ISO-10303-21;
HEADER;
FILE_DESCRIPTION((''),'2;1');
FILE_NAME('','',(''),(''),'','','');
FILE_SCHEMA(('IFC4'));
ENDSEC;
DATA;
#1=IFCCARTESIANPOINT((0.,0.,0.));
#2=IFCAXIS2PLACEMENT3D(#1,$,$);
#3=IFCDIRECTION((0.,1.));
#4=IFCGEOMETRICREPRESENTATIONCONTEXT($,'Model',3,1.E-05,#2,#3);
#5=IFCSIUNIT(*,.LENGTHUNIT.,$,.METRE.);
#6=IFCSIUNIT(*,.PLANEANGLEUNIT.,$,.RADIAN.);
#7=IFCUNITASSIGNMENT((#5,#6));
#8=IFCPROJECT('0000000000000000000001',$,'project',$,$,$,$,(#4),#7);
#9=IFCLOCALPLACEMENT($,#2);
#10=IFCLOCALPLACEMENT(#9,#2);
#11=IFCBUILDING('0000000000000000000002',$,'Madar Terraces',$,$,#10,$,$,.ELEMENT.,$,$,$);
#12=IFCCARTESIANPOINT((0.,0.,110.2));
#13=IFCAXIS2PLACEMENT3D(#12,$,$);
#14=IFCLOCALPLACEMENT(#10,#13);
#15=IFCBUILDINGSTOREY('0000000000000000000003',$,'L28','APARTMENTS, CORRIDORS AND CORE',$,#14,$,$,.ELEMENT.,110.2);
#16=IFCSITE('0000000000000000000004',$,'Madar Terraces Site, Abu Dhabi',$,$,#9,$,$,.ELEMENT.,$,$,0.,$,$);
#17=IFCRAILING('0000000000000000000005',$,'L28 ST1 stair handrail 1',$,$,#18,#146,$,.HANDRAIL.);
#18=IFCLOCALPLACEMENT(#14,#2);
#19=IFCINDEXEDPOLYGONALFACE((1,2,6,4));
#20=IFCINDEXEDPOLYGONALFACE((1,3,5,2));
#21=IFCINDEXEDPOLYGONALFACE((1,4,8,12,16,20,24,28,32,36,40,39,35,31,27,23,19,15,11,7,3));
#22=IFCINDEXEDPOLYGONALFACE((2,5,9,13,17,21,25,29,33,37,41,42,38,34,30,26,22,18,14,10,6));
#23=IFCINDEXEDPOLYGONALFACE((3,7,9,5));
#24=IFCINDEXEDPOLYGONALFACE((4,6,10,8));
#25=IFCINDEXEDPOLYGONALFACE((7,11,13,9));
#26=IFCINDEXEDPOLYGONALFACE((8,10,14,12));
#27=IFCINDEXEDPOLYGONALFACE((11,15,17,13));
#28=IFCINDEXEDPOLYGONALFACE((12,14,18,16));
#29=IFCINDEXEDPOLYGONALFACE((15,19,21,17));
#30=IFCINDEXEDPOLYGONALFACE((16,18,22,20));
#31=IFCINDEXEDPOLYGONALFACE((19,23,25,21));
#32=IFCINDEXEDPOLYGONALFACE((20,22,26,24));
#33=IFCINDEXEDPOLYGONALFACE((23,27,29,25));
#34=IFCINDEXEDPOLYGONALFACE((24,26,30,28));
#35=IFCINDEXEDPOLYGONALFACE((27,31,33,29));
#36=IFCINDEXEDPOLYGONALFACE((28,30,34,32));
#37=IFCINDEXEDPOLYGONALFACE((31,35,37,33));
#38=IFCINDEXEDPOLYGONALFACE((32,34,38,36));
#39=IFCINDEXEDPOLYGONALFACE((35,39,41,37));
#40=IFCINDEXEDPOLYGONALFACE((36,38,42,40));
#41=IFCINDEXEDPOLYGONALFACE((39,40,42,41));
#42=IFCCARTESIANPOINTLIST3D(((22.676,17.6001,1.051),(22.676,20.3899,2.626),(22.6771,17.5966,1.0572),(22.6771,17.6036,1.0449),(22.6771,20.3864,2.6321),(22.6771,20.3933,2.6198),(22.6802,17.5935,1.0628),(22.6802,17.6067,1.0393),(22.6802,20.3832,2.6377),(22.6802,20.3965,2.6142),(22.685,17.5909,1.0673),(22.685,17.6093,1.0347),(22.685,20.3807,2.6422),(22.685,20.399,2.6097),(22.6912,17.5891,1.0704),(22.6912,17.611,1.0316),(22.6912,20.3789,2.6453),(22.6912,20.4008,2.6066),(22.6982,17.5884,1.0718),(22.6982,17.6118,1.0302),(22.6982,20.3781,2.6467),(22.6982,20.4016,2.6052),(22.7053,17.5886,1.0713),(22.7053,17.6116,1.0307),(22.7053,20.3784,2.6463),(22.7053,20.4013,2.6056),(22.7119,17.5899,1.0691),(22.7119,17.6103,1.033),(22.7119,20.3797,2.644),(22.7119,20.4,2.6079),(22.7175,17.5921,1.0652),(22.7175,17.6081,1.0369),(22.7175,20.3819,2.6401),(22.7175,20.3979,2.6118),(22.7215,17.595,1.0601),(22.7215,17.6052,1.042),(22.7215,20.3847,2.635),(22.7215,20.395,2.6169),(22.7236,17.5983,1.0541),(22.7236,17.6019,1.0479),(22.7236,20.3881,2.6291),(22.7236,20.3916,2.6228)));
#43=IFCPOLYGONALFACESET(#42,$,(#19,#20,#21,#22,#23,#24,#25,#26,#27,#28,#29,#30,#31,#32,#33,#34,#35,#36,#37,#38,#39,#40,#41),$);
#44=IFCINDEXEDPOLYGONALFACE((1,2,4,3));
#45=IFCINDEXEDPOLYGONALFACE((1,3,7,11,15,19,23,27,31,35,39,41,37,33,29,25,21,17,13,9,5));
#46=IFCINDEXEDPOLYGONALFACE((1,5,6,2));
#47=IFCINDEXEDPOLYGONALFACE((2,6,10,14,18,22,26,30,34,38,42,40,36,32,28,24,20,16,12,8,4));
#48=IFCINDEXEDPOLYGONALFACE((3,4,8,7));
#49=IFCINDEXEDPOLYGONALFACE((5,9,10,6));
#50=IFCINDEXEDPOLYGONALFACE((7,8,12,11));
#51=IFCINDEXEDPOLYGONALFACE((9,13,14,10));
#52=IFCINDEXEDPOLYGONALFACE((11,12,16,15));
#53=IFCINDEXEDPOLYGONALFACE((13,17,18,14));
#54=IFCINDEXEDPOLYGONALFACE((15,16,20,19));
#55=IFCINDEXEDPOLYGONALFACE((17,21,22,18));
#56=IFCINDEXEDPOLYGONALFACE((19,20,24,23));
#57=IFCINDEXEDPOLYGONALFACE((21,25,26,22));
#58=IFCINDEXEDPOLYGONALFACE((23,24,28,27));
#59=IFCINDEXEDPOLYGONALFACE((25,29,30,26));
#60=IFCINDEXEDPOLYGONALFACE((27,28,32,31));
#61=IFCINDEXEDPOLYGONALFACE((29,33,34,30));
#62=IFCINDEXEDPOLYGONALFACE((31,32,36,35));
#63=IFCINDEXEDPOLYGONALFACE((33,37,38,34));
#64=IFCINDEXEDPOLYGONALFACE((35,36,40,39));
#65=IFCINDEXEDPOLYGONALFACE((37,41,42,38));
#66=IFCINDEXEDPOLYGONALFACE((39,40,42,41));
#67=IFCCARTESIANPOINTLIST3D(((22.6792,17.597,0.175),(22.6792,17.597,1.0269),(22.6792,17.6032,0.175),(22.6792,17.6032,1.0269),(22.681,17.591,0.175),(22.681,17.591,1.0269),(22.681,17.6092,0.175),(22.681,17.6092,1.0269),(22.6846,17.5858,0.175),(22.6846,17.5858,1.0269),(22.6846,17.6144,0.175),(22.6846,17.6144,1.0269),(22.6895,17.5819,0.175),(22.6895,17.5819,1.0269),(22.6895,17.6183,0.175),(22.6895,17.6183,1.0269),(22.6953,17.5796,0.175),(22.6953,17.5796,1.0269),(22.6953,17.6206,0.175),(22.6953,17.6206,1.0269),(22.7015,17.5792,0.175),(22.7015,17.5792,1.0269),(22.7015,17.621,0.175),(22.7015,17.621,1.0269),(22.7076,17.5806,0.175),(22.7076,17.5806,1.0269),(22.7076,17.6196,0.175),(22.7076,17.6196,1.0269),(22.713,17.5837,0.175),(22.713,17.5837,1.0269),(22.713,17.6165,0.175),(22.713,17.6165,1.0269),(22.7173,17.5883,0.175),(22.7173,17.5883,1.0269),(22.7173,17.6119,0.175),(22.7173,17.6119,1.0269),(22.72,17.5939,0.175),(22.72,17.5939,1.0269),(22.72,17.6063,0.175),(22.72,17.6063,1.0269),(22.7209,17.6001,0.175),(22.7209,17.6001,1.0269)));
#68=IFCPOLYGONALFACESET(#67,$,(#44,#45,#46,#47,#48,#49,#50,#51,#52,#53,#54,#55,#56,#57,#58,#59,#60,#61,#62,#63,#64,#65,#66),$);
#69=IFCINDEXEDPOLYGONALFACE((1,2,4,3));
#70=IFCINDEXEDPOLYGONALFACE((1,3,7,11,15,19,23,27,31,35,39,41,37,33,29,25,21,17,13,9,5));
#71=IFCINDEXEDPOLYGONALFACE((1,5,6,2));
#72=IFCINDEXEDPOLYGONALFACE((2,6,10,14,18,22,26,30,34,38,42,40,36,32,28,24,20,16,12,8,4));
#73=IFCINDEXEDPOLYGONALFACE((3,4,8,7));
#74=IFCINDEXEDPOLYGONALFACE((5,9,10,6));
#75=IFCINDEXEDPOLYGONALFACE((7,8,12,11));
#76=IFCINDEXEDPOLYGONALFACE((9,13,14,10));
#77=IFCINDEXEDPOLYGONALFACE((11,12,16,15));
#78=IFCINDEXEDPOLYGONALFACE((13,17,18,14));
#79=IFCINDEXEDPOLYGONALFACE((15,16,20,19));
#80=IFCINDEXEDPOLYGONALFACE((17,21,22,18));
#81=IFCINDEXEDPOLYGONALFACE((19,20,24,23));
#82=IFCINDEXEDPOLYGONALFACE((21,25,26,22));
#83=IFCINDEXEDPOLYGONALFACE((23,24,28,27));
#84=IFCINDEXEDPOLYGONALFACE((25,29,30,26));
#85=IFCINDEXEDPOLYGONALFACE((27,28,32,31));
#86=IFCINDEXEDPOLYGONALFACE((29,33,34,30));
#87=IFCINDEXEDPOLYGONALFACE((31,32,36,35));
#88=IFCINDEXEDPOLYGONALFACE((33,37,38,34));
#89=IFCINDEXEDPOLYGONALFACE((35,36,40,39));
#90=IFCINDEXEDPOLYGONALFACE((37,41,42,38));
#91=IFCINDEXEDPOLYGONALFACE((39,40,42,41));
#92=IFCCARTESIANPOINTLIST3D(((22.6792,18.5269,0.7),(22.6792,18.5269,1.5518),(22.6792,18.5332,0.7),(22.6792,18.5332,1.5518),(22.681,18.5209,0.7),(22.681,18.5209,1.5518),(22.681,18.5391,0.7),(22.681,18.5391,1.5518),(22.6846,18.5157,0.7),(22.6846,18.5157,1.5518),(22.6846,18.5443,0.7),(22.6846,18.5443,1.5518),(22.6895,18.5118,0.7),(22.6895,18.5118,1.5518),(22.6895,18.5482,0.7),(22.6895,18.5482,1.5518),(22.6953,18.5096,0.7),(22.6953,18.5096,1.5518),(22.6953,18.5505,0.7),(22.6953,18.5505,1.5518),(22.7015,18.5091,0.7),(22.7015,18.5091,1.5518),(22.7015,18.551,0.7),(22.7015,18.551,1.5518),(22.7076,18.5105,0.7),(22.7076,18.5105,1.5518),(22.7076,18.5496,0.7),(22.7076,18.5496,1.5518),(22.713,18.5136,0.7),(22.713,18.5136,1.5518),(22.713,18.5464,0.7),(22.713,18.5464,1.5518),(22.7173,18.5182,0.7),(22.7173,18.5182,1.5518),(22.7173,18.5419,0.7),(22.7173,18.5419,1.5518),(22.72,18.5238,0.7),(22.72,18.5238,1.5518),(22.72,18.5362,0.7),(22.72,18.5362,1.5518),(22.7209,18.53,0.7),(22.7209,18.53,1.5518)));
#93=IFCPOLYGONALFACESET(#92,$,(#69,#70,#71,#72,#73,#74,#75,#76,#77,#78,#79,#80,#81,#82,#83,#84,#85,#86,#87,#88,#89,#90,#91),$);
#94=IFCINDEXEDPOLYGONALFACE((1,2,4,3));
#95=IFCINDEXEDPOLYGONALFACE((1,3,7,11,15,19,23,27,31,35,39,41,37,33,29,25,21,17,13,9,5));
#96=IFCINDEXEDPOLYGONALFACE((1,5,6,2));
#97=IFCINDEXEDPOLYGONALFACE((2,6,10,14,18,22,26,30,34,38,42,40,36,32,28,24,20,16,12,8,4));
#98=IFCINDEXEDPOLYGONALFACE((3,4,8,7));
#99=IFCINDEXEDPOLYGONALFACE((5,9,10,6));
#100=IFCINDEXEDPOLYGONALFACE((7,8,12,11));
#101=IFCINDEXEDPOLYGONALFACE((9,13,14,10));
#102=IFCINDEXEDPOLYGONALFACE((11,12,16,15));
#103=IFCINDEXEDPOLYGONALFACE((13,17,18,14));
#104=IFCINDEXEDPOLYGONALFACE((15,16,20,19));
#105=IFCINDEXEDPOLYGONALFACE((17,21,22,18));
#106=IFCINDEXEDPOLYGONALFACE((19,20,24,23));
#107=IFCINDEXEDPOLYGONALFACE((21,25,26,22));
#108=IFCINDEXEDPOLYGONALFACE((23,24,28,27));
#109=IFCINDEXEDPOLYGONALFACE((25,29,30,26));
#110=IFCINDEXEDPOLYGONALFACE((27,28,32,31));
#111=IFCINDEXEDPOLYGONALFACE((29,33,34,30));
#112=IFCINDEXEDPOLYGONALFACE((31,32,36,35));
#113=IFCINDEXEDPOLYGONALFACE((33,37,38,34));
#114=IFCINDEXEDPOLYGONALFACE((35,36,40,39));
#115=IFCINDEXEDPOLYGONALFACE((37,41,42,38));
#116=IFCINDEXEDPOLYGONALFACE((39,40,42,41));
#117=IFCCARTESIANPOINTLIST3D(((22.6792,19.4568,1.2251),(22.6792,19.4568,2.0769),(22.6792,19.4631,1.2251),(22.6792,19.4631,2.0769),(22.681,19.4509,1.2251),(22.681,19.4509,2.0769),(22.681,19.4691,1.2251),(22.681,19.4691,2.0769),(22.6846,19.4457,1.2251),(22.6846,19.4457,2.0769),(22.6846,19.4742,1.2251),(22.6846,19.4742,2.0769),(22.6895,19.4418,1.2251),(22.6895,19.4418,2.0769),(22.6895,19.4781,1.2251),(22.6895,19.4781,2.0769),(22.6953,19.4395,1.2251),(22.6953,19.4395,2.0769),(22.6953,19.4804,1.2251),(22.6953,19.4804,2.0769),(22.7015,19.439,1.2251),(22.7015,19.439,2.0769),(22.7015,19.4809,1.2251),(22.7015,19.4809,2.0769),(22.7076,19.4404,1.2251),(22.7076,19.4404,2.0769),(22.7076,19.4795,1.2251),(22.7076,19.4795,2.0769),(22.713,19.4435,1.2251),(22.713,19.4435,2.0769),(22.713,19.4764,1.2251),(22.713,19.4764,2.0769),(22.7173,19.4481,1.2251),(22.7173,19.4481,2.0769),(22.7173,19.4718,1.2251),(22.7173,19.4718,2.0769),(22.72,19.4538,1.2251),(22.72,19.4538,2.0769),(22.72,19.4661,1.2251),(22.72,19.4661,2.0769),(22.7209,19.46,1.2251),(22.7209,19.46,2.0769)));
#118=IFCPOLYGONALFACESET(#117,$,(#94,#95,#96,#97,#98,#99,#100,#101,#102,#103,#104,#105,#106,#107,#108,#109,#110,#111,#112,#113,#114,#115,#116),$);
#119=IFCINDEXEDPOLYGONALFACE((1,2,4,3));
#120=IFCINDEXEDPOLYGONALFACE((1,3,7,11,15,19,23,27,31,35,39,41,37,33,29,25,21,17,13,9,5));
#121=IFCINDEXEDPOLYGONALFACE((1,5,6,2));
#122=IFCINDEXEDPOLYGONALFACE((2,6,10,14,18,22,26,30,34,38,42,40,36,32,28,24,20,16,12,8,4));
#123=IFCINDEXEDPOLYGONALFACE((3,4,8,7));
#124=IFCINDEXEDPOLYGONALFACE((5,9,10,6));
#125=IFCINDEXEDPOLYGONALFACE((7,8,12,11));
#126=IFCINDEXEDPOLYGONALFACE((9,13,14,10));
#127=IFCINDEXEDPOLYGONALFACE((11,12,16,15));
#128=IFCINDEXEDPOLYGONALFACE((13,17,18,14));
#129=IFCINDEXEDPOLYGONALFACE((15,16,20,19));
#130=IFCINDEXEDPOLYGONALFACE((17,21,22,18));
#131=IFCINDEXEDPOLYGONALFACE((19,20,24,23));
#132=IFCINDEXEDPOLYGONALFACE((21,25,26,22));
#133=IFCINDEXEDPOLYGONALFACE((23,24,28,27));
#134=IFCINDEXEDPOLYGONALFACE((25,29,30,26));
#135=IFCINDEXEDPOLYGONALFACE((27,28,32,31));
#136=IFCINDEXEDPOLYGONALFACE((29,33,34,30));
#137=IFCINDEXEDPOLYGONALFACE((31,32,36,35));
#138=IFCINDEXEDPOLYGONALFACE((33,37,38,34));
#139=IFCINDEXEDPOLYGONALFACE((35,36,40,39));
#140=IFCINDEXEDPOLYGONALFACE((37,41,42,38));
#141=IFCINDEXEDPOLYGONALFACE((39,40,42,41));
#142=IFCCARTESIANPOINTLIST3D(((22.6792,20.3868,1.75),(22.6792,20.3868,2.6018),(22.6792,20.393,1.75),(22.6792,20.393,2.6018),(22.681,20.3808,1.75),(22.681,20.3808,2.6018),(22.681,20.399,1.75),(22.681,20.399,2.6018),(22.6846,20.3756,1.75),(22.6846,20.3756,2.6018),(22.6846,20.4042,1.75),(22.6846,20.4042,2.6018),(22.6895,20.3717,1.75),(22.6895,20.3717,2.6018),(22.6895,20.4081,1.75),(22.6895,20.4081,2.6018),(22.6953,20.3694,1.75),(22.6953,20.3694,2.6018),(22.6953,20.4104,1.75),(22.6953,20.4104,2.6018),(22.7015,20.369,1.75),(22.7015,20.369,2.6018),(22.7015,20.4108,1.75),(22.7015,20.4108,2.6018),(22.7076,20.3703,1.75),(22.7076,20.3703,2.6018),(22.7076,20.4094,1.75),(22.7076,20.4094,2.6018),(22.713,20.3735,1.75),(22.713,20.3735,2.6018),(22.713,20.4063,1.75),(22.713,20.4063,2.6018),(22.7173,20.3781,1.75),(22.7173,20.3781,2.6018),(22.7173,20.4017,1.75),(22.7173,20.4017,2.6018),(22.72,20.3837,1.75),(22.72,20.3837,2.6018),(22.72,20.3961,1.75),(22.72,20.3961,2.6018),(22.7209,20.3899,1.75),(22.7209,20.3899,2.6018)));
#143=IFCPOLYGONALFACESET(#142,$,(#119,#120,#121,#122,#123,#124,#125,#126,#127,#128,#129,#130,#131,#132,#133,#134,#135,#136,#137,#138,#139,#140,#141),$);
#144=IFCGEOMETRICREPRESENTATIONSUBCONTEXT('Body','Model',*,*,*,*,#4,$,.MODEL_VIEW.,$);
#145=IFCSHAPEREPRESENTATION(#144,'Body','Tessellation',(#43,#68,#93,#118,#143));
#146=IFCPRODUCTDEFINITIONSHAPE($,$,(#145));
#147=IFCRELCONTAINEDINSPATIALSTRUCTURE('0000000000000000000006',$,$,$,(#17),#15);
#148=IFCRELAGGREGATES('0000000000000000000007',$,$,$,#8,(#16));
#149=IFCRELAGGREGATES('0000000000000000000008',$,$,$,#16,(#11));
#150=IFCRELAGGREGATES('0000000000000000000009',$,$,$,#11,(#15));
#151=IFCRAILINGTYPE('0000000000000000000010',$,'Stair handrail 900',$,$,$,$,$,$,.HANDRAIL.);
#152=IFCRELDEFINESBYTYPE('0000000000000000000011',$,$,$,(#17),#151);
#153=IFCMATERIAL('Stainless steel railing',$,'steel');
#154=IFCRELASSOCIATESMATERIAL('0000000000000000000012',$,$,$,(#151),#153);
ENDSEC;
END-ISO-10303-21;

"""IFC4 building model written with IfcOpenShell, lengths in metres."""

from ifc_helpers import new_model, si_unit, direction, frame, origin, origin_2d, place, context, subcontext, project, spatial, circle, extrude, material, type_object, element, save


model = new_model("IFC4")

# Units and contexts
model_context = context("Model", 3, precision=1e-05, world=origin(), true_north=direction((0.0, 1.0)))
body_context = subcontext(model_context, "Body", "Model", "MODEL_VIEW")
ifc_project = project(units=[si_unit("LENGTHUNIT", "METRE"), si_unit("PLANEANGLEUNIT", "RADIAN")], contexts=[model_context])

# Site, building, storey
site_placement = place(None, origin())
site = spatial("IfcSite", under=ifc_project, at=site_placement, Name="Madar Terraces Site, Abu Dhabi", CompositionType="ELEMENT", RefElevation=0.0)
building_placement = place(site_placement, origin())
building = spatial("IfcBuilding", under=site, at=building_placement, Name="Madar Terraces", CompositionType="ELEMENT")
storey_placement = place(building_placement, frame((0.0, 0.0, 110.2)))
storey = spatial("IfcBuildingStorey", under=building, at=storey_placement, Name="L28", Description="APARTMENTS, CORRIDORS AND CORE", CompositionType="ELEMENT", Elevation=110.2)

# Railing
ifc_material_1 = material(Name="Stainless steel railing", Category="steel")
railing_type_1 = type_object("IfcRailingType", Name="Stair handrail 900", PredefinedType="HANDRAIL", material=ifc_material_1)
railing_1_placement = place(storey_placement, frame((22.7, 17.6001, 0.175)))
element("IfcRailing", 1, at=railing_1_placement, inside=storey, type_object=railing_type_1, Name="L28 ST1 stair handrail 1", PredefinedType="HANDRAIL", context=body_context, shape_type="SweptSolid", body=[
    extrude(circle(Radius=0.0239, at=origin_2d()), frame((0.0, 0.0, 0.876), z_axis=(0.0, 0.870815, 0.49161), x_axis=(-1.0, 0.0, 0.0)), (0.0, 0.0, 1.0), 3.2036),
    extrude(circle(Radius=0.021, at=origin_2d()), origin(), (0.0, 0.0, 1.0), 0.8518),
    extrude(circle(Radius=0.021, at=origin_2d()), frame((0.0, 0.9299, 0.5249)), (0.0, 0.0, 1.0), 0.8518),
    extrude(circle(Radius=0.021, at=origin_2d()), frame((0.0, 1.8599, 1.05)), (0.0, 0.0, 1.0), 0.8518),
    extrude(circle(Radius=0.021, at=origin_2d()), frame((0.0, 2.7898, 1.575)), (0.0, 0.0, 1.0), 0.8518),
])

save(model, "model.ifc")
